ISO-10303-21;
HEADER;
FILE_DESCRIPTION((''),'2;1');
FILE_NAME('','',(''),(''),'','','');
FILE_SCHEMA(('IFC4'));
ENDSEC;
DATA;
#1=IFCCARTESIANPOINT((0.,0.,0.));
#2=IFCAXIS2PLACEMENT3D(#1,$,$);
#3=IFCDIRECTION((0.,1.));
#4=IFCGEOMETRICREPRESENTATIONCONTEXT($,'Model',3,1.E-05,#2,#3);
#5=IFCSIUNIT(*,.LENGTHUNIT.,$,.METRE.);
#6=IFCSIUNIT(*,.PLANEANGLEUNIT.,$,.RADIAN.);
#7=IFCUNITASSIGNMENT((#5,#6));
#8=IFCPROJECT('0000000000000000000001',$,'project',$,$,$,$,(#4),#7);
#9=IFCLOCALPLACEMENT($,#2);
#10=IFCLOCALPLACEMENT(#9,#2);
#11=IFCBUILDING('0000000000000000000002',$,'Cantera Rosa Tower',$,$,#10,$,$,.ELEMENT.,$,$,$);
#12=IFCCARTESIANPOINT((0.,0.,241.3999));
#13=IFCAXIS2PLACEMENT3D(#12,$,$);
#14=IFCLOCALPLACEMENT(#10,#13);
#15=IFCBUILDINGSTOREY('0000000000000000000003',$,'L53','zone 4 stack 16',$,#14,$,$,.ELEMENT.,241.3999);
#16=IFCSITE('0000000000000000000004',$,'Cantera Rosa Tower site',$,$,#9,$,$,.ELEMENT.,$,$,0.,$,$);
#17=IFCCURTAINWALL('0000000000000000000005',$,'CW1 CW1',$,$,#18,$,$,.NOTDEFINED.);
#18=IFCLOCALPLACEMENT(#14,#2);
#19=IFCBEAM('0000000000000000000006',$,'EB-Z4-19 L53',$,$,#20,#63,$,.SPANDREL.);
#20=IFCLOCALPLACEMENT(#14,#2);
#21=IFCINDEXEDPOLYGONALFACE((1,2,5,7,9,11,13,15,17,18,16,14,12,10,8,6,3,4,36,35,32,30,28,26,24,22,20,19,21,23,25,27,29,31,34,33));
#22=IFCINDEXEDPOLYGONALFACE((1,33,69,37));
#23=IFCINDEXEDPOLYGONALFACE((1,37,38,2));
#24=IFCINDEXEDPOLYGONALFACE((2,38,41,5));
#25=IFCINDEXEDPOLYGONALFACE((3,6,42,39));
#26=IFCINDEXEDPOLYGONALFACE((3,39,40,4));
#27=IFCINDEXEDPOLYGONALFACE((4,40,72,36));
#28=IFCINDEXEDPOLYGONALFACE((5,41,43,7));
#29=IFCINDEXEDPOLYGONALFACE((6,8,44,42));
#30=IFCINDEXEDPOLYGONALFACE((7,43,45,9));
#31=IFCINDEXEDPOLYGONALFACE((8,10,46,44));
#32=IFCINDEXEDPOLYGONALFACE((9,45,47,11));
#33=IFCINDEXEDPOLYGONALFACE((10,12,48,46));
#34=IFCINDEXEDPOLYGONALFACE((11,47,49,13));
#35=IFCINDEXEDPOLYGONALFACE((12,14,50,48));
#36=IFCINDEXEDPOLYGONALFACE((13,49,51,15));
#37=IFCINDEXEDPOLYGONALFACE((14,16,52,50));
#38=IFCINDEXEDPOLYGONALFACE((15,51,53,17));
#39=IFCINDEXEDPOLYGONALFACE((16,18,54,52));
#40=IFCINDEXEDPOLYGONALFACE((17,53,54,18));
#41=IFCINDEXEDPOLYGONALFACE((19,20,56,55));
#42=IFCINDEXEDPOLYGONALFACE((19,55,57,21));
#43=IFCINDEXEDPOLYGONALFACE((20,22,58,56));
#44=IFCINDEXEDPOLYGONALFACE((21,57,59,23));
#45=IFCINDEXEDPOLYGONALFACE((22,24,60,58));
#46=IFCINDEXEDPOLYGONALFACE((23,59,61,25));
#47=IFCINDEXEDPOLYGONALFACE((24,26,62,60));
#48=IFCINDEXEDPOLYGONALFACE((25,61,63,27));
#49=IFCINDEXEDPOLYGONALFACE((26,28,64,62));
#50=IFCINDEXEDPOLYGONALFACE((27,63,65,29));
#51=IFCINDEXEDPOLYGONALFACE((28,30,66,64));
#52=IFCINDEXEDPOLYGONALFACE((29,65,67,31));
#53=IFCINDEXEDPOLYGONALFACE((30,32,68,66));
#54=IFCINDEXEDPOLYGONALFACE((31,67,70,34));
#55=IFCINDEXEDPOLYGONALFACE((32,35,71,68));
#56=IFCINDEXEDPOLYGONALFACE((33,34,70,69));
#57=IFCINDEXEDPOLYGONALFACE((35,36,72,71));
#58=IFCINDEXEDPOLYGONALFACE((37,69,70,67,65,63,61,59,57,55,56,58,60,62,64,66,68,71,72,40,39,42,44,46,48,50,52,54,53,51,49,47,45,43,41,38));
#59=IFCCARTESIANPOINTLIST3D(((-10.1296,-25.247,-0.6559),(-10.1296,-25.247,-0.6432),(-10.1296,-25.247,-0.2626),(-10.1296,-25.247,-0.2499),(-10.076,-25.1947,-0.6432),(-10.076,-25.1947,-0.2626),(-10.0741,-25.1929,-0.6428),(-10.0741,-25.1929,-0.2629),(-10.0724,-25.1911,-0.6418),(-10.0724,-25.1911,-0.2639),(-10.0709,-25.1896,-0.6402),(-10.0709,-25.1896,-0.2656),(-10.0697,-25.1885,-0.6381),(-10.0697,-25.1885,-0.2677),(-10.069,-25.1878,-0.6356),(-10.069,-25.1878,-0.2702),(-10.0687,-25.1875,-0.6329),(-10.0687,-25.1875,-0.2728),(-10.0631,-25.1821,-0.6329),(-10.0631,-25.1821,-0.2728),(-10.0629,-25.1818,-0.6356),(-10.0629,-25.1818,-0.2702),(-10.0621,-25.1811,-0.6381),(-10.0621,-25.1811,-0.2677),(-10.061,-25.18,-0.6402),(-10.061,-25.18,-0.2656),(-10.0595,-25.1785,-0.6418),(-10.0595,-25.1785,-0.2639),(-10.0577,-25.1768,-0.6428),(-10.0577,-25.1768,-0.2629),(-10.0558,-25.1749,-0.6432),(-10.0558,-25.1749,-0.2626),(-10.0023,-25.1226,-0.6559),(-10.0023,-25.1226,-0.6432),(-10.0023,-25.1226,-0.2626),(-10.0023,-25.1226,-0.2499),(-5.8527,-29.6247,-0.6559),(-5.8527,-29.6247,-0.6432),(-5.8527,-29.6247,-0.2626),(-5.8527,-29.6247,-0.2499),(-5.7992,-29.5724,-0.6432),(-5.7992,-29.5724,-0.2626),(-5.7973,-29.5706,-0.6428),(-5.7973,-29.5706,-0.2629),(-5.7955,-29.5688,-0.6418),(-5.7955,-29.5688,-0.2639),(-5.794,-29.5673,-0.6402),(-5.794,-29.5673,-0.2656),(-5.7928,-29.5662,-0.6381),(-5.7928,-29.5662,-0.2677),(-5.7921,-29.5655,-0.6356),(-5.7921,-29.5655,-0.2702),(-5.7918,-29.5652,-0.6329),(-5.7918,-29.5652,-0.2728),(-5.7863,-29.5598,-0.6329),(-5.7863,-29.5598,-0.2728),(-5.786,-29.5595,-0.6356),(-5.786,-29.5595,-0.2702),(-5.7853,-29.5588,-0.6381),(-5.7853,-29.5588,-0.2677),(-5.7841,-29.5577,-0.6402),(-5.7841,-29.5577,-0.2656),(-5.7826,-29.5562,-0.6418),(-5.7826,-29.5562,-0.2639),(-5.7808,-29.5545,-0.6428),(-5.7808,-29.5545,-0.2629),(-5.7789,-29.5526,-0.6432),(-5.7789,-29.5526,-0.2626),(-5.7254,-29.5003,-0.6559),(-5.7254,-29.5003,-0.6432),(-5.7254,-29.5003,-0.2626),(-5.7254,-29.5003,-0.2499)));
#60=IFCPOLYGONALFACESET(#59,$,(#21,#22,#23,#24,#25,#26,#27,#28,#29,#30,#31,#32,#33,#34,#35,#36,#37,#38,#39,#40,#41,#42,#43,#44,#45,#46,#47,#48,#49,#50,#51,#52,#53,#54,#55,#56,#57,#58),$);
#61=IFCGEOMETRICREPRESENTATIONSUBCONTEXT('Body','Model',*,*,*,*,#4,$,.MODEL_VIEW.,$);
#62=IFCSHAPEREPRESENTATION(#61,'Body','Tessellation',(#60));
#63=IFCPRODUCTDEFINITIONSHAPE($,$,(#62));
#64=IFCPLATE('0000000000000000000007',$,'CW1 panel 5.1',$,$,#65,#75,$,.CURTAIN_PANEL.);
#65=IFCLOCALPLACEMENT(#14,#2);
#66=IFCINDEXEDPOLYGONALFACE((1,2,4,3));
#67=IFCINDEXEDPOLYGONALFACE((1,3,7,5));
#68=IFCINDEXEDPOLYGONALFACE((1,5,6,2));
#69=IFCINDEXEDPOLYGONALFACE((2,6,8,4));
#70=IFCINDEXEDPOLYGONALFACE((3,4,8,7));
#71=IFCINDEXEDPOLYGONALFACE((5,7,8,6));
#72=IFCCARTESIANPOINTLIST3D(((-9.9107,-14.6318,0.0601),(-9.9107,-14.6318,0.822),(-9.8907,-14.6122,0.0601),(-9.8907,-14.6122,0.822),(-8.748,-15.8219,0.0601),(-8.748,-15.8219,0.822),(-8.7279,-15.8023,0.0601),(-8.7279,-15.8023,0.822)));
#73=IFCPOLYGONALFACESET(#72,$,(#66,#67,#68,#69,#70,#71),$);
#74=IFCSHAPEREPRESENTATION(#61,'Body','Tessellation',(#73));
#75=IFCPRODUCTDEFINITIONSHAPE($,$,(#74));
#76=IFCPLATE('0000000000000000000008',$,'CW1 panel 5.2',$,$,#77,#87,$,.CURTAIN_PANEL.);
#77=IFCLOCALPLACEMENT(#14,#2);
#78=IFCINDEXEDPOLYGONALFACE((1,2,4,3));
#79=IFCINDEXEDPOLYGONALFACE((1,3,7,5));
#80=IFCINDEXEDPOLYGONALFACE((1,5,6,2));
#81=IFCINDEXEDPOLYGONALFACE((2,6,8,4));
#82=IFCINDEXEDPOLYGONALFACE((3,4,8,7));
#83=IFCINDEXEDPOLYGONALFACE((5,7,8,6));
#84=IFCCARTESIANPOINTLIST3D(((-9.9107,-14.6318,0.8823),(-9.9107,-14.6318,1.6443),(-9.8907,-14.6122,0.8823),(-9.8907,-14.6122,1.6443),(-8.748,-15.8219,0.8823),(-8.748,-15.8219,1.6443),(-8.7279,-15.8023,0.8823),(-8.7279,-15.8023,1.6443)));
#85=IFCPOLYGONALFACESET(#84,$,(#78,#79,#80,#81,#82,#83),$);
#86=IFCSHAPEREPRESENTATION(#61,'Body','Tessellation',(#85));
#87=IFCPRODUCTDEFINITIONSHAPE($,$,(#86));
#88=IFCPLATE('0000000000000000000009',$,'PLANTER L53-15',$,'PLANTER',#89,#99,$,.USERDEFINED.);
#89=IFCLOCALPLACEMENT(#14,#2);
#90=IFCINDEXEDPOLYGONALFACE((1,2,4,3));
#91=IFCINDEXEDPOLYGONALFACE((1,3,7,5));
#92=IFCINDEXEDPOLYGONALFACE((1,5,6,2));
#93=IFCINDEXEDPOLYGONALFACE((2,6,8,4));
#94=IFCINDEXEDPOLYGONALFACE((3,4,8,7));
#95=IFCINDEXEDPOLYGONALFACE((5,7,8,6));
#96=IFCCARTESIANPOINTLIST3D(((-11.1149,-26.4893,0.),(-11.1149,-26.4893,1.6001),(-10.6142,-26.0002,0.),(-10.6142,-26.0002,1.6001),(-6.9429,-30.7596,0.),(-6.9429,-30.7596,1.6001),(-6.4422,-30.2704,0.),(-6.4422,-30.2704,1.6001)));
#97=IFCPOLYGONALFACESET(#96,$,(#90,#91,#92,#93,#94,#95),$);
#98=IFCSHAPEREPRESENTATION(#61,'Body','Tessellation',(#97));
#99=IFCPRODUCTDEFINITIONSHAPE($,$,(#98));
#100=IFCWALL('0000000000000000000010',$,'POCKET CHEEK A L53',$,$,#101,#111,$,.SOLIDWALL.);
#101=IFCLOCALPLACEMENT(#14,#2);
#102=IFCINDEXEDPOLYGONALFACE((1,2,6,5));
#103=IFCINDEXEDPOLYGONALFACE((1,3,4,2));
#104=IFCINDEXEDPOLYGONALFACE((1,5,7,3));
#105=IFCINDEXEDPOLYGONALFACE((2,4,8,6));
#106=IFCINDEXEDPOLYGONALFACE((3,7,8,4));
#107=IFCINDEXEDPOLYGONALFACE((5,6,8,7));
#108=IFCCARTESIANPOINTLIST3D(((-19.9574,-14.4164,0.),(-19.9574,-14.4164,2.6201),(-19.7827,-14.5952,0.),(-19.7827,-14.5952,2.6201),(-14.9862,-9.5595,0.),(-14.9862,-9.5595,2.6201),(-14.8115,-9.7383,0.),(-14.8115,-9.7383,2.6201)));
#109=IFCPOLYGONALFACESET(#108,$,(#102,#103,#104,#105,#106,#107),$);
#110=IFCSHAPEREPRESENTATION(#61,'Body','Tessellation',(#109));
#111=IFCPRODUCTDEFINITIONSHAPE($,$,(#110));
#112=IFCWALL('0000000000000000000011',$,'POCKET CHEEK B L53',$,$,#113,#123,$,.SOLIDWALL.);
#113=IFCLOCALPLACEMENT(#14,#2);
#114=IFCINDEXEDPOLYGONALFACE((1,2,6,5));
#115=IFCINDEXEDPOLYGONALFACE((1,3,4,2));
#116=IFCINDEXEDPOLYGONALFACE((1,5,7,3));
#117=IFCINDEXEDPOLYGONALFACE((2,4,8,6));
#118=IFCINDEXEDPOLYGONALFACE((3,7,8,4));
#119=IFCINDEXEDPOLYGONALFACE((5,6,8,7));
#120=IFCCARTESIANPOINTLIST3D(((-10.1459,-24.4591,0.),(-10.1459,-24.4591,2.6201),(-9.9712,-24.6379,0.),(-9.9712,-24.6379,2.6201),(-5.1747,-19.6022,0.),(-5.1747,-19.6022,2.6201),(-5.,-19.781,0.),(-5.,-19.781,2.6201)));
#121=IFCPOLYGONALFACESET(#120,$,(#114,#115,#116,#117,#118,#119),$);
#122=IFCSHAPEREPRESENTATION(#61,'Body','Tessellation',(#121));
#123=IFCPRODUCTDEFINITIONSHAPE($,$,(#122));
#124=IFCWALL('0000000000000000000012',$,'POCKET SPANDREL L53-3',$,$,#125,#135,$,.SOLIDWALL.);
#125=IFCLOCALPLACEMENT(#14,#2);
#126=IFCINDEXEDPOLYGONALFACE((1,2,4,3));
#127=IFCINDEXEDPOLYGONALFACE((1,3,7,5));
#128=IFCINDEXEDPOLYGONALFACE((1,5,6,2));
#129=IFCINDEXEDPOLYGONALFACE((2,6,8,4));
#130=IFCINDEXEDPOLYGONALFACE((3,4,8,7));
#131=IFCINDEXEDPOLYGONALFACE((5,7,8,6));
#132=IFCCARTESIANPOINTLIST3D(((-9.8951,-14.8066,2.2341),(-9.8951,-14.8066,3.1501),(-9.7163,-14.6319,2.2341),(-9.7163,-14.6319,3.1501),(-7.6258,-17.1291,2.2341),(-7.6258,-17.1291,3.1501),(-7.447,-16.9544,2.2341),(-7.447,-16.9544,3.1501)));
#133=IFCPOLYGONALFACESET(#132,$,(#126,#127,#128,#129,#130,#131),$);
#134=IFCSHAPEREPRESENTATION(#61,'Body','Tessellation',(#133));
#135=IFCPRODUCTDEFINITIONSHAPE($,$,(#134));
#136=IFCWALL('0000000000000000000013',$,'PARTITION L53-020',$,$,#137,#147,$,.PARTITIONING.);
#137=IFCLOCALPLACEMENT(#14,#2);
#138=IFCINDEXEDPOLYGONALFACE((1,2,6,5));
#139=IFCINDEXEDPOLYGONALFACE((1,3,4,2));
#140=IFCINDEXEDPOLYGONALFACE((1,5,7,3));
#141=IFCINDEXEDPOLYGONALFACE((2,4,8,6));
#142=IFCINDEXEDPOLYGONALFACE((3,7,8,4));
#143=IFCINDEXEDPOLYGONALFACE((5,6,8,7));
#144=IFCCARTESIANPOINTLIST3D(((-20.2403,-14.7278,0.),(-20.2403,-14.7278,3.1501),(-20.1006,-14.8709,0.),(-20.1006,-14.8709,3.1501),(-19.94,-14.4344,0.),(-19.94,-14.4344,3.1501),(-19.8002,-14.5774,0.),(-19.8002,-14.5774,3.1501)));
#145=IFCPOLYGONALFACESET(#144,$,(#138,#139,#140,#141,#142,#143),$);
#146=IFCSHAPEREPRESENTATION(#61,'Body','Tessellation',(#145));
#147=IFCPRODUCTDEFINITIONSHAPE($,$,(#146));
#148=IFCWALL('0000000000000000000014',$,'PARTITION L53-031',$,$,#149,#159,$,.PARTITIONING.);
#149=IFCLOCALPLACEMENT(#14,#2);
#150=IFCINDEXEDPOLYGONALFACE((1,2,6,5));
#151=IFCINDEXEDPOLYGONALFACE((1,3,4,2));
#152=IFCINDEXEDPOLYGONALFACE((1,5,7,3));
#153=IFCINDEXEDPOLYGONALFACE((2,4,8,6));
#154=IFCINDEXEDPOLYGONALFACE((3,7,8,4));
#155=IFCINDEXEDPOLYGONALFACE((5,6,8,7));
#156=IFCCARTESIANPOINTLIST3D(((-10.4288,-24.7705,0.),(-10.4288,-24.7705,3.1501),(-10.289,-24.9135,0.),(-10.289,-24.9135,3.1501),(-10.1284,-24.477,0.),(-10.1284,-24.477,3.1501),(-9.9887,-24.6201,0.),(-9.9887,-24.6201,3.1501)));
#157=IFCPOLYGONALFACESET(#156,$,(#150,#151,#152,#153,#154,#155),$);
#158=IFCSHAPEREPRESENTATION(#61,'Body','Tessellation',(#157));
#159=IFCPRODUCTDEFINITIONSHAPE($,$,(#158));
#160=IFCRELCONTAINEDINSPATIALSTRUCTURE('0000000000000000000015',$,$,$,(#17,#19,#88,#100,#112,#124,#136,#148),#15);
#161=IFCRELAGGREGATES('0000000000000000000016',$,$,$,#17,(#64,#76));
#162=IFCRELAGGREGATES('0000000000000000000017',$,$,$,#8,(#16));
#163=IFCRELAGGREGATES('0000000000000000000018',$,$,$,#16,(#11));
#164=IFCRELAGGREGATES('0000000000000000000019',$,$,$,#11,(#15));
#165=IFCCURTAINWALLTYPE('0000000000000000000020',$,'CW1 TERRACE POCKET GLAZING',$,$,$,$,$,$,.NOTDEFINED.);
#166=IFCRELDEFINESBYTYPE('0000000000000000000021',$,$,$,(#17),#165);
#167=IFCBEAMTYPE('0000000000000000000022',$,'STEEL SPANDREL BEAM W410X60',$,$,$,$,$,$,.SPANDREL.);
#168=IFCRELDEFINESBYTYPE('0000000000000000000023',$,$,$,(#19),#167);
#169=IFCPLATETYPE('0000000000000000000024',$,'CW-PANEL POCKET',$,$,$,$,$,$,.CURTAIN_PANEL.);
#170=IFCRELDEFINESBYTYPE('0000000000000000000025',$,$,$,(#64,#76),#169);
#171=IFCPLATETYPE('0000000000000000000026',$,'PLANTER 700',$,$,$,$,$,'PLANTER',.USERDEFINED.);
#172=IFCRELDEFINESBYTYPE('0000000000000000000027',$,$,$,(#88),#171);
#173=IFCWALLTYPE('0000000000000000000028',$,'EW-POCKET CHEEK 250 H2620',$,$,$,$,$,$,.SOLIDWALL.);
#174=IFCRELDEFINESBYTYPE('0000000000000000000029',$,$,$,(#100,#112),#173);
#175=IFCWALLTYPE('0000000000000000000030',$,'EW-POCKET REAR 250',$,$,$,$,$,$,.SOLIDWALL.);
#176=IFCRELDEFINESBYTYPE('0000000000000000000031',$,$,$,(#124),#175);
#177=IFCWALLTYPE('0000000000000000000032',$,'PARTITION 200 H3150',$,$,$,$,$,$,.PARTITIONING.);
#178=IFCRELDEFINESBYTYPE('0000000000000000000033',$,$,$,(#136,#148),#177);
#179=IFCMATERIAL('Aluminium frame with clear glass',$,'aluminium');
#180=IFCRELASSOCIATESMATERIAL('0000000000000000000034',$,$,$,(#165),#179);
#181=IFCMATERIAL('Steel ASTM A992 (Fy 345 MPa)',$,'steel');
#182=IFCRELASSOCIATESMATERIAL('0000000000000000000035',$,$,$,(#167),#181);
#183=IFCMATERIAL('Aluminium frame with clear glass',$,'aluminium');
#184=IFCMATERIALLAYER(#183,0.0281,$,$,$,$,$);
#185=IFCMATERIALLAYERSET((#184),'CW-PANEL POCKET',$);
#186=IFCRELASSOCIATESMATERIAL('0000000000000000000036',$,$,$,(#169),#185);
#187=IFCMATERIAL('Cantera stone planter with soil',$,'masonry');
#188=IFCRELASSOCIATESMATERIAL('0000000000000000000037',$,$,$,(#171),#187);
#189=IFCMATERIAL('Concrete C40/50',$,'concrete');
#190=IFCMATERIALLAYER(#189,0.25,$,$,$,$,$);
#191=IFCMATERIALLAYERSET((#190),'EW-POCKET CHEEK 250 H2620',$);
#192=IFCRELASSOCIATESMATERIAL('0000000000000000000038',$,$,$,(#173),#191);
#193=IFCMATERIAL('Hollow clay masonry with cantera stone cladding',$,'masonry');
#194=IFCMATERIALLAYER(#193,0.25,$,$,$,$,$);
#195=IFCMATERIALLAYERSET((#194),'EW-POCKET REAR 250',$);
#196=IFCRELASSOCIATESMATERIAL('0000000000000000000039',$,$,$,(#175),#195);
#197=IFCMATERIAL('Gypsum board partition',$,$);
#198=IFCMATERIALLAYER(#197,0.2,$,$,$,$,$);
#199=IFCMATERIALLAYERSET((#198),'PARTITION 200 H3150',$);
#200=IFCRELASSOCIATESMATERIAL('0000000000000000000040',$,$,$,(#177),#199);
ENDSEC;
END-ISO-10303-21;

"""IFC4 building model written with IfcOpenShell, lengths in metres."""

from ifc_helpers import new_model, si_unit, direction, frame, frame_2d, origin, origin_2d, place, context, subcontext, project, spatial, rectangle, i_section, extrude, material, layer, layer_set, material_profile, profile_set, type_object, element, aggregate, save


model = new_model("IFC4")

# Units and contexts
model_context = context("Model", 3, precision=1e-05, world=origin(), true_north=direction((0.0, 1.0)))
body_context = subcontext(model_context, "Body", "Model", "MODEL_VIEW")
ifc_project = project(units=[si_unit("LENGTHUNIT", "METRE"), si_unit("PLANEANGLEUNIT", "RADIAN")], contexts=[model_context])

# Site, building, storey
site_placement = place(None, origin())
site = spatial("IfcSite", under=ifc_project, at=site_placement, Name="Cantera Rosa Tower site", CompositionType="ELEMENT", RefElevation=0.0)
building_placement = place(site_placement, origin())
building = spatial("IfcBuilding", under=site, at=building_placement, Name="Cantera Rosa Tower", CompositionType="ELEMENT")
storey_placement = place(building_placement, frame((0.0, 0.0, 241.3999)))
storey = spatial("IfcBuildingStorey", under=building, at=storey_placement, Name="L53", Description="zone 4 stack 16", CompositionType="ELEMENT", Elevation=241.3999)

# Curtain wall
ifc_material_1 = material(Name="Aluminium frame with clear glass", Category="aluminium")
curtain_wall_type = type_object("IfcCurtainWallType", Name="CW1 TERRACE POCKET GLAZING", PredefinedType="NOTDEFINED", material=ifc_material_1)
curtain_wall_placement = place(storey_placement, origin())
curtain_wall = element("IfcCurtainWall", 1, at=curtain_wall_placement, inside=storey, type_object=curtain_wall_type, Name="CW1 CW1", PredefinedType="NOTDEFINED")

# Beam
ifc_material_2 = material(Name="Steel ASTM A992 (Fy 345 MPa)", Category="steel")
ifc_material_profile_1 = material_profile(ifc_material_2, i_section(OverallWidth=0.178, OverallDepth=0.406, WebThickness=0.0078, FlangeThickness=0.0127, FilletRadius=0.0103, at=origin_2d()), Name="W410X60")
ifc_profile_set_1 = profile_set([ifc_material_profile_1], Name="Steel ASTM A992 (Fy 345 MPa)")
beam_type_1 = type_object("IfcBeamType", Name="STEEL SPANDREL BEAM W410X60", PredefinedType="SPANDREL", material=ifc_profile_set_1)
beam_1_placement = place(storey_placement, frame((-10.0659, -25.1848, -0.4529), z_axis=(0.698821, -0.715296, 0.0), x_axis=(0.715296, 0.698821, 0.0)))
element("IfcBeam", 2, at=beam_1_placement, inside=storey, type_object=beam_type_1, Name="EB-Z4-19 L53", PredefinedType="SPANDREL", context=body_context, shape_type="SweptSolid", body=[
    extrude(i_section(OverallWidth=0.178, OverallDepth=0.406, WebThickness=0.0078, FlangeThickness=0.0127, FilletRadius=0.0103, at=origin_2d()), origin(), (0.0, 0.0, 1.0), 6.1201),
])

# Plates
ifc_material_3 = material(Name="Aluminium frame with clear glass", Category="aluminium")
ifc_layer_1 = layer(ifc_material_3, 0.0281)
ifc_layer_set_1 = layer_set([ifc_layer_1], Name="CW-PANEL POCKET")
plate_type_1 = type_object("IfcPlateType", Name="CW-PANEL POCKET", PredefinedType="CURTAIN_PANEL", material=ifc_layer_set_1)
plate_1_placement = place(storey_placement, frame((-9.3193, -15.217, 0.0601), z_axis=(0.0, 0.0, 1.0), x_axis=(0.698832, -0.715286, 0.0)))
plate_1 = element("IfcPlate", 3, at=plate_1_placement, type_object=plate_type_1, Name="CW1 panel 5.1", PredefinedType="CURTAIN_PANEL", context=body_context, shape_type="SweptSolid", body=[
    extrude(rectangle(XDim=1.6638, YDim=0.0281, at=origin_2d()), origin(), (0.0, 0.0, 1.0), 0.762),
])
plate_2_placement = place(storey_placement, frame((-9.3193, -15.217, 0.8823), z_axis=(0.0, 0.0, 1.0), x_axis=(0.698832, -0.715286, 0.0)))
plate_2 = element("IfcPlate", 4, at=plate_2_placement, type_object=plate_type_1, Name="CW1 panel 5.2", PredefinedType="CURTAIN_PANEL", context=body_context, shape_type="SweptSolid", body=[
    extrude(rectangle(XDim=1.6638, YDim=0.0281, at=origin_2d()), origin(), (0.0, 0.0, 1.0), 0.762),
])
aggregate(curtain_wall, [plate_1, plate_2])
ifc_material_4 = material(Name="Cantera stone planter with soil", Category="masonry")
plate_type_2 = type_object("IfcPlateType", Name="PLANTER 700", ElementType="PLANTER", PredefinedType="USERDEFINED", material=ifc_material_4)
plate_3_placement = place(storey_placement, frame((-8.7786, -28.3799, 0.0), z_axis=(0.0, 0.0, 1.0), x_axis=(0.698832, -0.715286, 0.0)))
element("IfcPlate", 5, at=plate_3_placement, inside=storey, type_object=plate_type_2, Name="PLANTER L53-15", ObjectType="PLANTER", PredefinedType="USERDEFINED", context=body_context, shape_type="SweptSolid", body=[
    extrude(rectangle(XDim=5.97, YDim=0.7, at=origin_2d()), origin(), (0.0, 0.0, 1.0), 1.6001),
])

# Walls
ifc_material_5 = material(Name="Concrete C40/50", Category="concrete")
ifc_layer_2 = layer(ifc_material_5, 0.25)
ifc_layer_set_2 = layer_set([ifc_layer_2], Name="EW-POCKET CHEEK 250 H2620")
wall_type_1 = type_object("IfcWallType", Name="EW-POCKET CHEEK 250 H2620", PredefinedType="SOLIDWALL", material=ifc_layer_set_2)
for number, where, z_axis, x_axis, name in (
    (6, (-19.8701, -14.5059, 0.0), (0.0, 0.0, 1.0), (0.715279, 0.698839, 0.0), "POCKET CHEEK A L53"),
    (7, (-10.0586, -24.5486, 0.0), (0.0, 0.0, 1.0), (0.715279, 0.698839, 0.0), "POCKET CHEEK B L53"),
):
    element("IfcWall", number, at=place(storey_placement, frame(where, z_axis=z_axis, x_axis=x_axis)), inside=storey, type_object=wall_type_1, Name=name, PredefinedType="SOLIDWALL", context=body_context, shape_type="SweptSolid", body=[
        extrude(rectangle(XDim=6.95, YDim=0.25, at=frame_2d((3.4751, 0.0))), origin(), (0.0, 0.0, 1.0), 2.6201),
    ])
ifc_material_6 = material(Name="Hollow clay masonry with cantera stone cladding", Category="masonry")
ifc_layer_3 = layer(ifc_material_6, 0.25)
ifc_layer_set_3 = layer_set([ifc_layer_3], Name="EW-POCKET REAR 250")
wall_type_2 = type_object("IfcWallType", Name="EW-POCKET REAR 250", PredefinedType="SOLIDWALL", material=ifc_layer_set_3)
wall_1_placement = place(storey_placement, frame((-9.8057, -14.7192, 2.2341), z_axis=(0.0, 0.0, 1.0), x_axis=(0.698864, -0.715255, 0.0)))
element("IfcWall", 8, at=wall_1_placement, inside=storey, type_object=wall_type_2, Name="POCKET SPANDREL L53-3", PredefinedType="SOLIDWALL", context=body_context, shape_type="SweptSolid", body=[
    extrude(rectangle(XDim=3.2471, YDim=0.25, at=frame_2d((1.6235, 0.0))), origin(), (0.0, 0.0, 1.0), 0.916),
])
ifc_material_7 = material(Name="Gypsum board partition")
ifc_layer_4 = layer(ifc_material_7, 0.2)
ifc_layer_set_4 = layer_set([ifc_layer_4], Name="PARTITION 200 H3150")
wall_type_3 = type_object("IfcWallType", Name="PARTITION 200 H3150", PredefinedType="PARTITIONING", material=ifc_layer_set_4)
for number, where, z_axis, x_axis, name in (
    (9, (-19.8701, -14.5059, 0.0), (0.0, 0.0, 1.0), (-0.7152, -0.698919, 0.0), "PARTITION L53-020"),
    (10, (-10.3589, -24.842, 0.0), (0.0, 0.0, 1.0), (0.7152, 0.698919, 0.0), "PARTITION L53-031"),
):
    element("IfcWall", number, at=place(storey_placement, frame(where, z_axis=z_axis, x_axis=x_axis)), inside=storey, type_object=wall_type_3, Name=name, PredefinedType="PARTITIONING", context=body_context, shape_type="SweptSolid", body=[
        extrude(rectangle(XDim=0.4199, YDim=0.2, at=frame_2d((0.21, 0.0))), origin(), (0.0, 0.0, 1.0), 3.1501),
    ])

save(model, "model.ifc")
